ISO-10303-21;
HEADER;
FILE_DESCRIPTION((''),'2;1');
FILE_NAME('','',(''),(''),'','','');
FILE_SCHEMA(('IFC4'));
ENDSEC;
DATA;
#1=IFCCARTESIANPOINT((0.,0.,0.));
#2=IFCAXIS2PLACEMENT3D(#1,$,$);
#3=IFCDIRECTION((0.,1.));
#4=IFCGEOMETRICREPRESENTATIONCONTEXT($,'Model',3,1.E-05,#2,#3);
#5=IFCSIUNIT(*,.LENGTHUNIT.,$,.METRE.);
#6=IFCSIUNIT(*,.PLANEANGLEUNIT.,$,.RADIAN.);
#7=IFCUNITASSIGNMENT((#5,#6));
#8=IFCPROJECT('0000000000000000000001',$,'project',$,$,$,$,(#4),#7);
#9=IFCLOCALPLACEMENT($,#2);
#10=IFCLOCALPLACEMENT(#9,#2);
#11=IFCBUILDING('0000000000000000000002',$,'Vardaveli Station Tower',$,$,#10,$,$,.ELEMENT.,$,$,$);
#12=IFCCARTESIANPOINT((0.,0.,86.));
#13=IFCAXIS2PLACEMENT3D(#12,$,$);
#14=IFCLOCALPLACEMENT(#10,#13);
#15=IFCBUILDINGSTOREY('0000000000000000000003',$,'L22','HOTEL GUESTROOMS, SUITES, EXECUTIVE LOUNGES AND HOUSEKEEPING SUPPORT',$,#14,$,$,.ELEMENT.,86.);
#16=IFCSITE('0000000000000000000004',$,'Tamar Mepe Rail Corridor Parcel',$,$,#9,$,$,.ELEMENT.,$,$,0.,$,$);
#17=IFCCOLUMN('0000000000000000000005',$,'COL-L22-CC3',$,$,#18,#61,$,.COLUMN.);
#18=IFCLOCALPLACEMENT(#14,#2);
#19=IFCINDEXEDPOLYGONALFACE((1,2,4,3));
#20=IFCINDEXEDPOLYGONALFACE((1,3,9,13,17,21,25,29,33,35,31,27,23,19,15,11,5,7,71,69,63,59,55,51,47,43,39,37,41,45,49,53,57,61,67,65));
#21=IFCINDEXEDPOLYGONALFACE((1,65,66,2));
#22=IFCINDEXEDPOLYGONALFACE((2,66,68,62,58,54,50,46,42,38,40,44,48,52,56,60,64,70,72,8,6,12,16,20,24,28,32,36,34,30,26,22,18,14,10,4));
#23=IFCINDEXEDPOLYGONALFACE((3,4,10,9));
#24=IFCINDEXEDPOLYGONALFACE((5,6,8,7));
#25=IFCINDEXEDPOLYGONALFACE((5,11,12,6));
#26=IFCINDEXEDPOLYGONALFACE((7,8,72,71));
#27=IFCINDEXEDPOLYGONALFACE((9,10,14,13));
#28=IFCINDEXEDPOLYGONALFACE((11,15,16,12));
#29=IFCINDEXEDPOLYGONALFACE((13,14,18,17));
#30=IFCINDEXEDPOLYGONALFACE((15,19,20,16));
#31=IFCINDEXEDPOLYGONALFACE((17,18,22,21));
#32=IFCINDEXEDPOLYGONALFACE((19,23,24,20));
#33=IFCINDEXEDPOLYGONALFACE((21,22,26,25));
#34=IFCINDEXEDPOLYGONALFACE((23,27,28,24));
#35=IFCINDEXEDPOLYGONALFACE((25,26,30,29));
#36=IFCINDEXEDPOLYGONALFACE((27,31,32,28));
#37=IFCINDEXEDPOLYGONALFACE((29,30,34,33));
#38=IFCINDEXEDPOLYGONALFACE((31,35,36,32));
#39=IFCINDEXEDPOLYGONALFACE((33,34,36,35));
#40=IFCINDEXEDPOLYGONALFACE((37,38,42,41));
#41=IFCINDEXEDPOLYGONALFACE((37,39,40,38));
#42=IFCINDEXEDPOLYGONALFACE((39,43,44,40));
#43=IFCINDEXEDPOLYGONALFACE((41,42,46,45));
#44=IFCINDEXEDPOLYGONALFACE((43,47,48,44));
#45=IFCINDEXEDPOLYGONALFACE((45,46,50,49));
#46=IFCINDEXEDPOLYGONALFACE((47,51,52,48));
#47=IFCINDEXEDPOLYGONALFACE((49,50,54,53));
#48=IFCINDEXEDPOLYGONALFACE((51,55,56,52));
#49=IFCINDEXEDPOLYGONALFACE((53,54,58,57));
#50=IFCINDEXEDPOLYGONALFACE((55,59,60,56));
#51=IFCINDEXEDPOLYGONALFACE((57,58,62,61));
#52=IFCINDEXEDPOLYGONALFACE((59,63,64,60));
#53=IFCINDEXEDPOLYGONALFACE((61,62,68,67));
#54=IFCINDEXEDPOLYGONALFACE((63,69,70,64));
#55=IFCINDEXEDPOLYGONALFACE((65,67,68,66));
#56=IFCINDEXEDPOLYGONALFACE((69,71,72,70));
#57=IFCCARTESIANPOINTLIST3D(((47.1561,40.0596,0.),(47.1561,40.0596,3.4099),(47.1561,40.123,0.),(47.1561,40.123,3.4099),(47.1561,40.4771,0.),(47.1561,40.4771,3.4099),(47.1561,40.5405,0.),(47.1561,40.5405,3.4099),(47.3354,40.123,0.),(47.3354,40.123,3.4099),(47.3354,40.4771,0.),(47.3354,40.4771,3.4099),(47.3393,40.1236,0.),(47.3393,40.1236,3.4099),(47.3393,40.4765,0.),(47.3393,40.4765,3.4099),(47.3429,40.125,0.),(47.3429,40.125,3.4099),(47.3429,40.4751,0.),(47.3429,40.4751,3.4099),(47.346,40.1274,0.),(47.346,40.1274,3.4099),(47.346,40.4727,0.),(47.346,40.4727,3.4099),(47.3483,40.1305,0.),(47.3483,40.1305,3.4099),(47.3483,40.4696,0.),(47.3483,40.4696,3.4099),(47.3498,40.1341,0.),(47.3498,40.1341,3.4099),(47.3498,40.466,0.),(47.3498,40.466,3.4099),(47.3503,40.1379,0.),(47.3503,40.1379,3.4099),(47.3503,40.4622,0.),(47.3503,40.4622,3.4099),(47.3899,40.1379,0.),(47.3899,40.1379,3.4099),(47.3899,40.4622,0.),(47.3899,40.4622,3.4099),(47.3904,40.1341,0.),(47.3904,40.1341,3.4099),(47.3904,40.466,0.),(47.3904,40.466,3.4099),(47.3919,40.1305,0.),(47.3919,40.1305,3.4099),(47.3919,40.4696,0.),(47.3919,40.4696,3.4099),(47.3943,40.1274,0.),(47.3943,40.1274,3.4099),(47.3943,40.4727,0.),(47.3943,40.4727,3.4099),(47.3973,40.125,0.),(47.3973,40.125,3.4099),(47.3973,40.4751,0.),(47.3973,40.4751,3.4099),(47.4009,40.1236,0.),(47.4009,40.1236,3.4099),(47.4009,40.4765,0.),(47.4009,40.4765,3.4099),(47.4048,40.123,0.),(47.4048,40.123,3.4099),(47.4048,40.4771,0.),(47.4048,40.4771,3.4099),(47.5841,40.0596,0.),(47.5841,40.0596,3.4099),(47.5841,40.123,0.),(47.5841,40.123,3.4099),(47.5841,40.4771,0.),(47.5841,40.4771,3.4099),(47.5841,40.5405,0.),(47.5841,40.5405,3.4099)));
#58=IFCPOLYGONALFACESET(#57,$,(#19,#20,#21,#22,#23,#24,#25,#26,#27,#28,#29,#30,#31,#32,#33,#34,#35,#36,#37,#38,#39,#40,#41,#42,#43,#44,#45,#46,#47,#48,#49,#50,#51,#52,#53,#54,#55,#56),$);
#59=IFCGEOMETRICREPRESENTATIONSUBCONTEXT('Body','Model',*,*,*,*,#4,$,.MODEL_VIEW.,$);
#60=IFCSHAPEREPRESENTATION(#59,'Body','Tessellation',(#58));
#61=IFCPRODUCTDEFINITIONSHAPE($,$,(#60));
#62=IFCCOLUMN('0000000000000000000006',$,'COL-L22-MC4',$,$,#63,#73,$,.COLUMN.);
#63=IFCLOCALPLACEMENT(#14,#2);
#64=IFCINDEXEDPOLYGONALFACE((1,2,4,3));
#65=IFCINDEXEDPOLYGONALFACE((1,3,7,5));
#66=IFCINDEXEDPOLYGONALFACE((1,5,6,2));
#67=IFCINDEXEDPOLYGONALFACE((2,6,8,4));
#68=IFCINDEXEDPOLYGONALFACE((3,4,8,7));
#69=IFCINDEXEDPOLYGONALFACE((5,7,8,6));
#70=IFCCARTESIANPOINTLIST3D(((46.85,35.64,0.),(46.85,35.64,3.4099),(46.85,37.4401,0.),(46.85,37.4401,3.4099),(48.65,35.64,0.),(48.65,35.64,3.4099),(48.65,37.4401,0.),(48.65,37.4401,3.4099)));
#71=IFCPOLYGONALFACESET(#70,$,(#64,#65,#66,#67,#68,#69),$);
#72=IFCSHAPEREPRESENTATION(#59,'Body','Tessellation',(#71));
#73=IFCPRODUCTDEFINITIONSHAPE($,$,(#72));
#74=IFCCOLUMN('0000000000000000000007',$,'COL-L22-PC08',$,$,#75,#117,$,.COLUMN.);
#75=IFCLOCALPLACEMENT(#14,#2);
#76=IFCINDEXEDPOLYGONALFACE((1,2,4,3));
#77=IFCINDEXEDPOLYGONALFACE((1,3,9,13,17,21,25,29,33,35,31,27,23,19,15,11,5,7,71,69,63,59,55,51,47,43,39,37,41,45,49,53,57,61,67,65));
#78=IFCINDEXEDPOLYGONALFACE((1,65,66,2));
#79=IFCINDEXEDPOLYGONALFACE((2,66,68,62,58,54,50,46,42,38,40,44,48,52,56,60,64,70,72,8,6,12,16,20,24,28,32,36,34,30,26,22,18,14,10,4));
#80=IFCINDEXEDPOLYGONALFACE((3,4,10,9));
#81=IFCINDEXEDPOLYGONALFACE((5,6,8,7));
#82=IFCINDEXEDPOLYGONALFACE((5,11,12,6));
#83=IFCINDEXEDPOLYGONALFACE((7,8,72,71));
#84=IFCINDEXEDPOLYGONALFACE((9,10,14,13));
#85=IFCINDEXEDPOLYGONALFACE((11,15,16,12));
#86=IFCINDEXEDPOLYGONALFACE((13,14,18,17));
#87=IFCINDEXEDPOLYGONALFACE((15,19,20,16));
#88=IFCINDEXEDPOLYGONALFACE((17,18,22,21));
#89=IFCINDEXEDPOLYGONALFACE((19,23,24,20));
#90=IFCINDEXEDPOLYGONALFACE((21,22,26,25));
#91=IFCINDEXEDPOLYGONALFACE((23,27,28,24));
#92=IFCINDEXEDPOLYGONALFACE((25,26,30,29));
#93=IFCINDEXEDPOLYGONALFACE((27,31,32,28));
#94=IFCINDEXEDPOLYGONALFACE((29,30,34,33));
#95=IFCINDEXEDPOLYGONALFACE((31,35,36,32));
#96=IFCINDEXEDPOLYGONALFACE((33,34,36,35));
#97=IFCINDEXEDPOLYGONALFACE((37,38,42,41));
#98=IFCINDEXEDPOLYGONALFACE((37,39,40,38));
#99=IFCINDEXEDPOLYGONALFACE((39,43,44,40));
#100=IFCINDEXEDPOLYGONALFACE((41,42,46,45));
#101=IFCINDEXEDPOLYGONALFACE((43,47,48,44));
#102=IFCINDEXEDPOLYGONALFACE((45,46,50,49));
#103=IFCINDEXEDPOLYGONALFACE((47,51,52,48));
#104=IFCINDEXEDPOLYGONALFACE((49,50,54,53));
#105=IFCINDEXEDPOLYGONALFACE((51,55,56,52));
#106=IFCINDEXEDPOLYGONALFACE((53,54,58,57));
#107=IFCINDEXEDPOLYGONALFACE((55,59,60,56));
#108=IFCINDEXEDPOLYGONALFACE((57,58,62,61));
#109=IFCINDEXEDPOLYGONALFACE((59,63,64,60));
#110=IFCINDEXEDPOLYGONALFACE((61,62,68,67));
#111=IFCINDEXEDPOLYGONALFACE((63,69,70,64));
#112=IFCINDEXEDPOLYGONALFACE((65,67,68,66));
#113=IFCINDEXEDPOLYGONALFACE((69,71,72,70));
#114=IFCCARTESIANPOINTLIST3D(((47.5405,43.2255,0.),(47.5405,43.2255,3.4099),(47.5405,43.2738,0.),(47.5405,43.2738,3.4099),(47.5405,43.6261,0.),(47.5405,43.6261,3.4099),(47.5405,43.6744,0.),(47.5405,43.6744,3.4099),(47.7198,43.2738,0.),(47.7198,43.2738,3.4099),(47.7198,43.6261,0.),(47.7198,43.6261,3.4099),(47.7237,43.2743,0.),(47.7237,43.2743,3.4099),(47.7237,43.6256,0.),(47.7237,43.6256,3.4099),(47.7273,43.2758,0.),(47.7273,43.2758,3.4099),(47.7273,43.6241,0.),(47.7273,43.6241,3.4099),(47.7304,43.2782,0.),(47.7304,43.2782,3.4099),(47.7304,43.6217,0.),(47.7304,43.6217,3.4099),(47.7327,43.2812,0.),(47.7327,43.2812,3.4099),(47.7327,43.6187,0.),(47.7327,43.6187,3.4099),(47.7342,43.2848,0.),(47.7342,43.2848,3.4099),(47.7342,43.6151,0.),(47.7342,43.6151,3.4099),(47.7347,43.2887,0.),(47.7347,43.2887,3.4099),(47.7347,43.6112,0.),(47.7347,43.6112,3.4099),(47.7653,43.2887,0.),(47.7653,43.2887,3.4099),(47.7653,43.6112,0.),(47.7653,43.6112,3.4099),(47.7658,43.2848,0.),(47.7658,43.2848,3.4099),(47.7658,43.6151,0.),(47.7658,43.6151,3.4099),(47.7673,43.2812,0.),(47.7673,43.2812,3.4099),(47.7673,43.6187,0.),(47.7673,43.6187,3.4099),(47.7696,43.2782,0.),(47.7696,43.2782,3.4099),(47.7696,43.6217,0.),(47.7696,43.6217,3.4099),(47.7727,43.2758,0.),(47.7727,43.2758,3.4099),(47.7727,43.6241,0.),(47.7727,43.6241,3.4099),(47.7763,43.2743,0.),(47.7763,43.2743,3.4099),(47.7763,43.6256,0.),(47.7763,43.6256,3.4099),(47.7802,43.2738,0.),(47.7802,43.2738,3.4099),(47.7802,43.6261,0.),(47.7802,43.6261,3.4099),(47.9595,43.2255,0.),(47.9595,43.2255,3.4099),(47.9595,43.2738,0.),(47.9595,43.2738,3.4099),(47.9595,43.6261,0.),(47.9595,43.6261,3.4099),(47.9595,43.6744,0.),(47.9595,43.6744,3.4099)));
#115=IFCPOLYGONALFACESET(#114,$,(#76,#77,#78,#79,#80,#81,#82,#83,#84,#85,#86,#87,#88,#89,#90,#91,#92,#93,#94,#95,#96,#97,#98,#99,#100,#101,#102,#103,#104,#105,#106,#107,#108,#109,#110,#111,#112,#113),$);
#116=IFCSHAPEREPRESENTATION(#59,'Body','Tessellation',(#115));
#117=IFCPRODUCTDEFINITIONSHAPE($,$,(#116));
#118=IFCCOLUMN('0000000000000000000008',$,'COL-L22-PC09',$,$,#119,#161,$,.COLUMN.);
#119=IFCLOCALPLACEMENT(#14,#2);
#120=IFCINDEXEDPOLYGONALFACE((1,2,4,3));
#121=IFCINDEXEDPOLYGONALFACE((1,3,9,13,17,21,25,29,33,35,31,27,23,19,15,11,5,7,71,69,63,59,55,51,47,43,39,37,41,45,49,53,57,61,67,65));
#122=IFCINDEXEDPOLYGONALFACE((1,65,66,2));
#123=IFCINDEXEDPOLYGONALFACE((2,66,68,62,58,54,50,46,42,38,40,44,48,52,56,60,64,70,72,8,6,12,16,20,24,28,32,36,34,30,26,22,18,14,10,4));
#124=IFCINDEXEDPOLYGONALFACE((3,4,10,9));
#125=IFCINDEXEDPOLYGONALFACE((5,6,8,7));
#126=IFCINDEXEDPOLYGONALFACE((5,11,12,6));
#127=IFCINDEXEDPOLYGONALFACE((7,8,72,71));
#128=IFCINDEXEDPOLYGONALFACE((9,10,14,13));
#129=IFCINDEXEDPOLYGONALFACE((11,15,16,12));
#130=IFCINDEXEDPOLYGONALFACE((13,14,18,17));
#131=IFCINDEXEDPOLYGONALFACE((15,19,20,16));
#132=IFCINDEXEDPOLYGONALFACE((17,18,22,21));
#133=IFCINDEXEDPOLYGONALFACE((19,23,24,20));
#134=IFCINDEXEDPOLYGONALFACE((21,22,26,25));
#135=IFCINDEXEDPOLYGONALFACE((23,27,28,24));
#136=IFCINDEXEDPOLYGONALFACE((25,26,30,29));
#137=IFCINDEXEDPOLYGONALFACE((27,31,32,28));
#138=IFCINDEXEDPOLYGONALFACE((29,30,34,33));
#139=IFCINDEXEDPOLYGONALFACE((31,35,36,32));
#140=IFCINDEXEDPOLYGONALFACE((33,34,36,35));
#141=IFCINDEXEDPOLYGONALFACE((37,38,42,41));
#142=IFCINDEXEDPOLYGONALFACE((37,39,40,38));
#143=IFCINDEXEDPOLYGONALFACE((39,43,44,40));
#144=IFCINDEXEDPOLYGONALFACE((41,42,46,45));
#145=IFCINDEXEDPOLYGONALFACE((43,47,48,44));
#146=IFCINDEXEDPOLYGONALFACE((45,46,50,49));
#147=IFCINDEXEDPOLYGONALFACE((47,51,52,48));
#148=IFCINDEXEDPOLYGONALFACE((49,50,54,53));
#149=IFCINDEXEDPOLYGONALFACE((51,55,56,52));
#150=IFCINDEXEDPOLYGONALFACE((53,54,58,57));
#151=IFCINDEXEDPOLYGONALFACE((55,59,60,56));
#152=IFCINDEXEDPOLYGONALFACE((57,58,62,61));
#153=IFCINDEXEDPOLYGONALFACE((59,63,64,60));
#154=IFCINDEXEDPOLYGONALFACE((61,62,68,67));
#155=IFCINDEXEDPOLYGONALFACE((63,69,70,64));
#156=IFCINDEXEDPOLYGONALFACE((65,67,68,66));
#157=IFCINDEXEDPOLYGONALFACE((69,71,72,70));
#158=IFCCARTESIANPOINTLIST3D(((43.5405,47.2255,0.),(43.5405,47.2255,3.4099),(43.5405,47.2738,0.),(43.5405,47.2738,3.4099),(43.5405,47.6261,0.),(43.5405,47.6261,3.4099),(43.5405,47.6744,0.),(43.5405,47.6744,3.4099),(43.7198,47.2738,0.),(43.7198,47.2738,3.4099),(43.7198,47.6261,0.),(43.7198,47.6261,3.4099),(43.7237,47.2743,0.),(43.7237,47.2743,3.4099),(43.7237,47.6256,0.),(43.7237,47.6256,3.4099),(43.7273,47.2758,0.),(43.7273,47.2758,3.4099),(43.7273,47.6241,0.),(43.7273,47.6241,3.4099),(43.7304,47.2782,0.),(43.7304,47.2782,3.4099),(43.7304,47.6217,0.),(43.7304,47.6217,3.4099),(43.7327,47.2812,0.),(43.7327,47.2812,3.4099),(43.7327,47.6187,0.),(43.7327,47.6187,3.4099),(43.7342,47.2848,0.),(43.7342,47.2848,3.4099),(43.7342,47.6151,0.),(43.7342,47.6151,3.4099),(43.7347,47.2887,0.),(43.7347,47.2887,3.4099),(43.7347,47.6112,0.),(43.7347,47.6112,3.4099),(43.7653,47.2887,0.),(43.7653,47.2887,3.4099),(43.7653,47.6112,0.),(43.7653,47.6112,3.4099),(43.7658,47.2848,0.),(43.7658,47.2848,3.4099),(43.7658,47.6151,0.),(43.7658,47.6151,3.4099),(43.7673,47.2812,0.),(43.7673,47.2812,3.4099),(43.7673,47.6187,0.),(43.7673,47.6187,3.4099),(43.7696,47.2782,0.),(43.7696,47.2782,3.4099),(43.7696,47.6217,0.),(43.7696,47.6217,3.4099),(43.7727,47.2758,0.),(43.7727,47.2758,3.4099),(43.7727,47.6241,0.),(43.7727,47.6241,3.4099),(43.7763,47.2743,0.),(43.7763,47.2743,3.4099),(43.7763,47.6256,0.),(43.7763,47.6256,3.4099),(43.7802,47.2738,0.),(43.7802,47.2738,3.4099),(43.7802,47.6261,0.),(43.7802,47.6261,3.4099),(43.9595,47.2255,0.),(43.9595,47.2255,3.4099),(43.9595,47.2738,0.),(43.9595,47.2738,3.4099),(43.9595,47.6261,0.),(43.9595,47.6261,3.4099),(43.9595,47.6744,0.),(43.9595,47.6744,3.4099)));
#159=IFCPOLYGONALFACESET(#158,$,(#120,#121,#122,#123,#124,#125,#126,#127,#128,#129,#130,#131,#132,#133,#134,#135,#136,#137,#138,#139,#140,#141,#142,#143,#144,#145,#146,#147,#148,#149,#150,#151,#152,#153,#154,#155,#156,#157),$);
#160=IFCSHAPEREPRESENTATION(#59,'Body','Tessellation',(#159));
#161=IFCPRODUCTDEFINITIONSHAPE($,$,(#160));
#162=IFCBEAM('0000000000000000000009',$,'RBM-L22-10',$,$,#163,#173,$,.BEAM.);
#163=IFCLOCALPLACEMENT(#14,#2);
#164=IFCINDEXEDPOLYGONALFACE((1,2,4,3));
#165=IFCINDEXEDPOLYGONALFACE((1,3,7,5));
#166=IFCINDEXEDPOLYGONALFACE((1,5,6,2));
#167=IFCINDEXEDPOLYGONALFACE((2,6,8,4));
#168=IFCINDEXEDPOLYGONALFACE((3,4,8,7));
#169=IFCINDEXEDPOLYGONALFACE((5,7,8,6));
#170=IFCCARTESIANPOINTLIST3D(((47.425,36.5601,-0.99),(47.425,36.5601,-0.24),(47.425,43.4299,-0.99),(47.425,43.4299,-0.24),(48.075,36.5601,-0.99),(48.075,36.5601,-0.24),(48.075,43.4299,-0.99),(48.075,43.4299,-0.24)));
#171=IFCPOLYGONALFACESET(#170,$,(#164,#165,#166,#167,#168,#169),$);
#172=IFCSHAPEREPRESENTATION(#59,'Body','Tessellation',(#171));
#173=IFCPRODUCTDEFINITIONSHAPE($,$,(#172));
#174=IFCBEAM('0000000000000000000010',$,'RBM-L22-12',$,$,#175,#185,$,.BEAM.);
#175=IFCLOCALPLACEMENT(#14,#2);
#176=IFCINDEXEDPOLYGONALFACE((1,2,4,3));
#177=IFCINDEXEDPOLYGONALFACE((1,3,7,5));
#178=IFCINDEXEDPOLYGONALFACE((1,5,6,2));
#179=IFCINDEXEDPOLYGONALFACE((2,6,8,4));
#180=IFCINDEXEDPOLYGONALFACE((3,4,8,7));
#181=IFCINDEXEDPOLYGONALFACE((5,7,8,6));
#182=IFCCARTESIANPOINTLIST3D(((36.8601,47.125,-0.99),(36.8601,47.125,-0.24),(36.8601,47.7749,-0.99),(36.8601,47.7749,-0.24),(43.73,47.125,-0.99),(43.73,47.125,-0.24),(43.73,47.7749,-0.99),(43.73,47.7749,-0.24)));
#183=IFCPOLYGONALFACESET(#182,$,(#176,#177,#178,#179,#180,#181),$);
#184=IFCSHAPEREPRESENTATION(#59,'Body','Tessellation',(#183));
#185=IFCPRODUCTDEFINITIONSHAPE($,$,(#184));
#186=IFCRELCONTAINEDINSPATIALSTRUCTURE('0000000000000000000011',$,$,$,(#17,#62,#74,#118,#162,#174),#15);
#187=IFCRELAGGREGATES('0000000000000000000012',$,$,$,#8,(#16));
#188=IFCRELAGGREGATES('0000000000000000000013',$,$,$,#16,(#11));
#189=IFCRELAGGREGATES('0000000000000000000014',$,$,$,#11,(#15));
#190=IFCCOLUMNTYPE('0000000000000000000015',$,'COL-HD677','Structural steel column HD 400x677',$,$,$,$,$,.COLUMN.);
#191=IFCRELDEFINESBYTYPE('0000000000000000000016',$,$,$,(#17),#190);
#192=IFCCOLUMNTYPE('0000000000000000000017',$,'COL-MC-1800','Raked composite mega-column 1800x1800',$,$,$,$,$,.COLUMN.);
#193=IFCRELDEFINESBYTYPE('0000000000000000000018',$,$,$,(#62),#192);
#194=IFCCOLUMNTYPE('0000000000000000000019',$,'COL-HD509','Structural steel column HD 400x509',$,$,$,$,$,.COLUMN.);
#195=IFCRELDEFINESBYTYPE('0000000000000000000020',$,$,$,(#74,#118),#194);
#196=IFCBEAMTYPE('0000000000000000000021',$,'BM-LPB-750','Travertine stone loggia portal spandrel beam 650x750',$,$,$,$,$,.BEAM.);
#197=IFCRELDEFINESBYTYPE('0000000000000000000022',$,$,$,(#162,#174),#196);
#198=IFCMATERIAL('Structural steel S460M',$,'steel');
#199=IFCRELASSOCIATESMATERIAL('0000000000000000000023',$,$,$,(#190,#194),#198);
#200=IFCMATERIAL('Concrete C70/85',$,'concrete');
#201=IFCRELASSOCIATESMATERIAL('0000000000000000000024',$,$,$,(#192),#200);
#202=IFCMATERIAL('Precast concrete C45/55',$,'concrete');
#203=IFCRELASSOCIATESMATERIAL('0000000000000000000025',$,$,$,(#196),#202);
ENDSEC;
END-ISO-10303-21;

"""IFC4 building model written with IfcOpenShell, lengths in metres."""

from ifc_helpers import new_model, si_unit, direction, frame, origin, origin_2d, place, context, subcontext, project, spatial, rectangle, i_section, extrude, source, transform, mapped, material, material_profile, profile_set, type_object, element, save


model = new_model("IFC4")

# Units and contexts
model_context = context("Model", 3, precision=1e-05, world=origin(), true_north=direction((0.0, 1.0)))
body_context = subcontext(model_context, "Body", "Model", "MODEL_VIEW")
ifc_project = project(units=[si_unit("LENGTHUNIT", "METRE"), si_unit("PLANEANGLEUNIT", "RADIAN")], contexts=[model_context])

# Site, building, storey
site_placement = place(None, origin())
site = spatial("IfcSite", under=ifc_project, at=site_placement, Name="Tamar Mepe Rail Corridor Parcel", CompositionType="ELEMENT", RefElevation=0.0)
building_placement = place(site_placement, origin())
building = spatial("IfcBuilding", under=site, at=building_placement, Name="Vardaveli Station Tower", CompositionType="ELEMENT")
storey_placement = place(building_placement, frame((0.0, 0.0, 86.0)))
storey = spatial("IfcBuildingStorey", under=building, at=storey_placement, Name="L22", Description="HOTEL GUESTROOMS, SUITES, EXECUTIVE LOUNGES AND HOUSEKEEPING SUPPORT", CompositionType="ELEMENT", Elevation=86.0)

# Columns
ifc_material_1 = material(Name="Structural steel S460M", Category="steel")
ifc_material_profile_1 = material_profile(ifc_material_1, i_section(OverallWidth=0.428, OverallDepth=0.481, WebThickness=0.0396, FlangeThickness=0.0635, FilletRadius=0.0149, at=origin_2d()), Name="HD 400x677")
ifc_profile_set_1 = profile_set([ifc_material_profile_1], Name="Structural steel S460M")
column_type_1 = type_object("IfcColumnType", Name="COL-HD677", Description="Structural steel column HD 400x677", PredefinedType="COLUMN", material=ifc_profile_set_1)
shared_shape_1 = source(origin(), body_context, "Body", "SweptSolid", [
    extrude(i_section(OverallWidth=0.428, OverallDepth=0.481, WebThickness=0.0396, FlangeThickness=0.0635, FilletRadius=0.0149, at=origin_2d()), origin(), (0.0, 0.0, 1.0), 3.4099),
])
column_1_placement = place(storey_placement, frame((47.3701, 40.3, 0.0), z_axis=(0.0, 0.0, 1.0), x_axis=(1.0, 0.0, 0.0)))
element("IfcColumn", 1, at=column_1_placement, inside=storey, type_object=column_type_1, Name="COL-L22-CC3", PredefinedType="COLUMN", context=body_context, shape_type="MappedRepresentation", body=[
    mapped(shared_shape_1, transform((0.0, 0.0, 0.0), scale=1.0)),
])
ifc_material_2 = material(Name="Concrete C70/85", Category="concrete")
ifc_material_profile_2 = material_profile(ifc_material_2, rectangle(XDim=1.8, YDim=1.8, at=origin_2d()), Name="MC 1800x1800")
ifc_profile_set_2 = profile_set([ifc_material_profile_2], Name="Concrete C70/85")
column_type_2 = type_object("IfcColumnType", Name="COL-MC-1800", Description="Raked composite mega-column 1800x1800", PredefinedType="COLUMN", material=ifc_profile_set_2)
shared_shape_2 = source(origin(), body_context, "Body", "SweptSolid", [
    extrude(rectangle(XDim=1.8, YDim=1.8, at=origin_2d()), origin(), (0.0, 0.0, 1.0), 3.4099),
])
column_2_placement = place(storey_placement, frame((47.75, 36.54, 0.0), z_axis=(0.0, 0.0, 1.0), x_axis=(1.0, 0.0, 0.0)))
element("IfcColumn", 2, at=column_2_placement, inside=storey, type_object=column_type_2, Name="COL-L22-MC4", PredefinedType="COLUMN", context=body_context, shape_type="MappedRepresentation", body=[
    mapped(shared_shape_2, transform((0.0, 0.0, 0.0), scale=1.0)),
])
ifc_material_profile_3 = material_profile(ifc_material_1, i_section(OverallWidth=0.4189, OverallDepth=0.449, WebThickness=0.0305, FlangeThickness=0.0483, FilletRadius=0.0149, at=origin_2d()), Name="HD 400x509")
ifc_profile_set_3 = profile_set([ifc_material_profile_3], Name="Structural steel S460M")
column_type_3 = type_object("IfcColumnType", Name="COL-HD509", Description="Structural steel column HD 400x509", PredefinedType="COLUMN", material=ifc_profile_set_3)
shared_shape_3 = source(origin(), body_context, "Body", "SweptSolid", [
    extrude(i_section(OverallWidth=0.4189, OverallDepth=0.449, WebThickness=0.0305, FlangeThickness=0.0483, FilletRadius=0.0149, at=origin_2d()), origin(), (0.0, 0.0, 1.0), 3.4099),
])
for number, where, z_axis, x_axis, name in (
    (3, (47.75, 43.45, 0.0), (0.0, 0.0, 1.0), (1.0, 0.0, 0.0), "COL-L22-PC08"),
    (4, (43.75, 47.45, 0.0), (0.0, 0.0, 1.0), (1.0, 0.0, 0.0), "COL-L22-PC09"),
):
    element("IfcColumn", number, at=place(storey_placement, frame(where, z_axis=z_axis, x_axis=x_axis)), inside=storey, type_object=column_type_3, Name=name, PredefinedType="COLUMN", context=body_context, shape_type="MappedRepresentation", body=[
        mapped(shared_shape_3, transform((0.0, 0.0, 0.0), scale=1.0)),
    ])

# Beams
ifc_material_3 = material(Name="Precast concrete C45/55", Category="concrete")
ifc_material_profile_4 = material_profile(ifc_material_3, rectangle(XDim=0.6499, YDim=0.75, at=origin_2d()), Name="LPB 650x750")
ifc_profile_set_4 = profile_set([ifc_material_profile_4], Name="Precast concrete C45/55")
beam_type = type_object("IfcBeamType", Name="BM-LPB-750", Description="Travertine stone loggia portal spandrel beam 650x750", PredefinedType="BEAM", material=ifc_profile_set_4)
shared_shape_4 = source(origin(), body_context, "Body", "SweptSolid", [
    extrude(rectangle(XDim=0.6499, YDim=0.75, at=origin_2d()), origin(), (0.0, 0.0, 1.0), 6.8699),
])
for number, where, z_axis, x_axis, name in (
    (5, (47.75, 36.5601, -0.615), (0.0, 1.0, 0.0), (-1.0, 0.0, 0.0), "RBM-L22-10"),
    (6, (43.73, 47.45, -0.615), (-1.0, 0.0, 0.0), (0.0, -1.0, 0.0), "RBM-L22-12"),
):
    element("IfcBeam", number, at=place(storey_placement, frame(where, z_axis=z_axis, x_axis=x_axis)), inside=storey, type_object=beam_type, Name=name, PredefinedType="BEAM", context=body_context, shape_type="MappedRepresentation", body=[
        mapped(shared_shape_4, transform((0.0, 0.0, 0.0), scale=1.0)),
    ])

save(model, "model.ifc")
